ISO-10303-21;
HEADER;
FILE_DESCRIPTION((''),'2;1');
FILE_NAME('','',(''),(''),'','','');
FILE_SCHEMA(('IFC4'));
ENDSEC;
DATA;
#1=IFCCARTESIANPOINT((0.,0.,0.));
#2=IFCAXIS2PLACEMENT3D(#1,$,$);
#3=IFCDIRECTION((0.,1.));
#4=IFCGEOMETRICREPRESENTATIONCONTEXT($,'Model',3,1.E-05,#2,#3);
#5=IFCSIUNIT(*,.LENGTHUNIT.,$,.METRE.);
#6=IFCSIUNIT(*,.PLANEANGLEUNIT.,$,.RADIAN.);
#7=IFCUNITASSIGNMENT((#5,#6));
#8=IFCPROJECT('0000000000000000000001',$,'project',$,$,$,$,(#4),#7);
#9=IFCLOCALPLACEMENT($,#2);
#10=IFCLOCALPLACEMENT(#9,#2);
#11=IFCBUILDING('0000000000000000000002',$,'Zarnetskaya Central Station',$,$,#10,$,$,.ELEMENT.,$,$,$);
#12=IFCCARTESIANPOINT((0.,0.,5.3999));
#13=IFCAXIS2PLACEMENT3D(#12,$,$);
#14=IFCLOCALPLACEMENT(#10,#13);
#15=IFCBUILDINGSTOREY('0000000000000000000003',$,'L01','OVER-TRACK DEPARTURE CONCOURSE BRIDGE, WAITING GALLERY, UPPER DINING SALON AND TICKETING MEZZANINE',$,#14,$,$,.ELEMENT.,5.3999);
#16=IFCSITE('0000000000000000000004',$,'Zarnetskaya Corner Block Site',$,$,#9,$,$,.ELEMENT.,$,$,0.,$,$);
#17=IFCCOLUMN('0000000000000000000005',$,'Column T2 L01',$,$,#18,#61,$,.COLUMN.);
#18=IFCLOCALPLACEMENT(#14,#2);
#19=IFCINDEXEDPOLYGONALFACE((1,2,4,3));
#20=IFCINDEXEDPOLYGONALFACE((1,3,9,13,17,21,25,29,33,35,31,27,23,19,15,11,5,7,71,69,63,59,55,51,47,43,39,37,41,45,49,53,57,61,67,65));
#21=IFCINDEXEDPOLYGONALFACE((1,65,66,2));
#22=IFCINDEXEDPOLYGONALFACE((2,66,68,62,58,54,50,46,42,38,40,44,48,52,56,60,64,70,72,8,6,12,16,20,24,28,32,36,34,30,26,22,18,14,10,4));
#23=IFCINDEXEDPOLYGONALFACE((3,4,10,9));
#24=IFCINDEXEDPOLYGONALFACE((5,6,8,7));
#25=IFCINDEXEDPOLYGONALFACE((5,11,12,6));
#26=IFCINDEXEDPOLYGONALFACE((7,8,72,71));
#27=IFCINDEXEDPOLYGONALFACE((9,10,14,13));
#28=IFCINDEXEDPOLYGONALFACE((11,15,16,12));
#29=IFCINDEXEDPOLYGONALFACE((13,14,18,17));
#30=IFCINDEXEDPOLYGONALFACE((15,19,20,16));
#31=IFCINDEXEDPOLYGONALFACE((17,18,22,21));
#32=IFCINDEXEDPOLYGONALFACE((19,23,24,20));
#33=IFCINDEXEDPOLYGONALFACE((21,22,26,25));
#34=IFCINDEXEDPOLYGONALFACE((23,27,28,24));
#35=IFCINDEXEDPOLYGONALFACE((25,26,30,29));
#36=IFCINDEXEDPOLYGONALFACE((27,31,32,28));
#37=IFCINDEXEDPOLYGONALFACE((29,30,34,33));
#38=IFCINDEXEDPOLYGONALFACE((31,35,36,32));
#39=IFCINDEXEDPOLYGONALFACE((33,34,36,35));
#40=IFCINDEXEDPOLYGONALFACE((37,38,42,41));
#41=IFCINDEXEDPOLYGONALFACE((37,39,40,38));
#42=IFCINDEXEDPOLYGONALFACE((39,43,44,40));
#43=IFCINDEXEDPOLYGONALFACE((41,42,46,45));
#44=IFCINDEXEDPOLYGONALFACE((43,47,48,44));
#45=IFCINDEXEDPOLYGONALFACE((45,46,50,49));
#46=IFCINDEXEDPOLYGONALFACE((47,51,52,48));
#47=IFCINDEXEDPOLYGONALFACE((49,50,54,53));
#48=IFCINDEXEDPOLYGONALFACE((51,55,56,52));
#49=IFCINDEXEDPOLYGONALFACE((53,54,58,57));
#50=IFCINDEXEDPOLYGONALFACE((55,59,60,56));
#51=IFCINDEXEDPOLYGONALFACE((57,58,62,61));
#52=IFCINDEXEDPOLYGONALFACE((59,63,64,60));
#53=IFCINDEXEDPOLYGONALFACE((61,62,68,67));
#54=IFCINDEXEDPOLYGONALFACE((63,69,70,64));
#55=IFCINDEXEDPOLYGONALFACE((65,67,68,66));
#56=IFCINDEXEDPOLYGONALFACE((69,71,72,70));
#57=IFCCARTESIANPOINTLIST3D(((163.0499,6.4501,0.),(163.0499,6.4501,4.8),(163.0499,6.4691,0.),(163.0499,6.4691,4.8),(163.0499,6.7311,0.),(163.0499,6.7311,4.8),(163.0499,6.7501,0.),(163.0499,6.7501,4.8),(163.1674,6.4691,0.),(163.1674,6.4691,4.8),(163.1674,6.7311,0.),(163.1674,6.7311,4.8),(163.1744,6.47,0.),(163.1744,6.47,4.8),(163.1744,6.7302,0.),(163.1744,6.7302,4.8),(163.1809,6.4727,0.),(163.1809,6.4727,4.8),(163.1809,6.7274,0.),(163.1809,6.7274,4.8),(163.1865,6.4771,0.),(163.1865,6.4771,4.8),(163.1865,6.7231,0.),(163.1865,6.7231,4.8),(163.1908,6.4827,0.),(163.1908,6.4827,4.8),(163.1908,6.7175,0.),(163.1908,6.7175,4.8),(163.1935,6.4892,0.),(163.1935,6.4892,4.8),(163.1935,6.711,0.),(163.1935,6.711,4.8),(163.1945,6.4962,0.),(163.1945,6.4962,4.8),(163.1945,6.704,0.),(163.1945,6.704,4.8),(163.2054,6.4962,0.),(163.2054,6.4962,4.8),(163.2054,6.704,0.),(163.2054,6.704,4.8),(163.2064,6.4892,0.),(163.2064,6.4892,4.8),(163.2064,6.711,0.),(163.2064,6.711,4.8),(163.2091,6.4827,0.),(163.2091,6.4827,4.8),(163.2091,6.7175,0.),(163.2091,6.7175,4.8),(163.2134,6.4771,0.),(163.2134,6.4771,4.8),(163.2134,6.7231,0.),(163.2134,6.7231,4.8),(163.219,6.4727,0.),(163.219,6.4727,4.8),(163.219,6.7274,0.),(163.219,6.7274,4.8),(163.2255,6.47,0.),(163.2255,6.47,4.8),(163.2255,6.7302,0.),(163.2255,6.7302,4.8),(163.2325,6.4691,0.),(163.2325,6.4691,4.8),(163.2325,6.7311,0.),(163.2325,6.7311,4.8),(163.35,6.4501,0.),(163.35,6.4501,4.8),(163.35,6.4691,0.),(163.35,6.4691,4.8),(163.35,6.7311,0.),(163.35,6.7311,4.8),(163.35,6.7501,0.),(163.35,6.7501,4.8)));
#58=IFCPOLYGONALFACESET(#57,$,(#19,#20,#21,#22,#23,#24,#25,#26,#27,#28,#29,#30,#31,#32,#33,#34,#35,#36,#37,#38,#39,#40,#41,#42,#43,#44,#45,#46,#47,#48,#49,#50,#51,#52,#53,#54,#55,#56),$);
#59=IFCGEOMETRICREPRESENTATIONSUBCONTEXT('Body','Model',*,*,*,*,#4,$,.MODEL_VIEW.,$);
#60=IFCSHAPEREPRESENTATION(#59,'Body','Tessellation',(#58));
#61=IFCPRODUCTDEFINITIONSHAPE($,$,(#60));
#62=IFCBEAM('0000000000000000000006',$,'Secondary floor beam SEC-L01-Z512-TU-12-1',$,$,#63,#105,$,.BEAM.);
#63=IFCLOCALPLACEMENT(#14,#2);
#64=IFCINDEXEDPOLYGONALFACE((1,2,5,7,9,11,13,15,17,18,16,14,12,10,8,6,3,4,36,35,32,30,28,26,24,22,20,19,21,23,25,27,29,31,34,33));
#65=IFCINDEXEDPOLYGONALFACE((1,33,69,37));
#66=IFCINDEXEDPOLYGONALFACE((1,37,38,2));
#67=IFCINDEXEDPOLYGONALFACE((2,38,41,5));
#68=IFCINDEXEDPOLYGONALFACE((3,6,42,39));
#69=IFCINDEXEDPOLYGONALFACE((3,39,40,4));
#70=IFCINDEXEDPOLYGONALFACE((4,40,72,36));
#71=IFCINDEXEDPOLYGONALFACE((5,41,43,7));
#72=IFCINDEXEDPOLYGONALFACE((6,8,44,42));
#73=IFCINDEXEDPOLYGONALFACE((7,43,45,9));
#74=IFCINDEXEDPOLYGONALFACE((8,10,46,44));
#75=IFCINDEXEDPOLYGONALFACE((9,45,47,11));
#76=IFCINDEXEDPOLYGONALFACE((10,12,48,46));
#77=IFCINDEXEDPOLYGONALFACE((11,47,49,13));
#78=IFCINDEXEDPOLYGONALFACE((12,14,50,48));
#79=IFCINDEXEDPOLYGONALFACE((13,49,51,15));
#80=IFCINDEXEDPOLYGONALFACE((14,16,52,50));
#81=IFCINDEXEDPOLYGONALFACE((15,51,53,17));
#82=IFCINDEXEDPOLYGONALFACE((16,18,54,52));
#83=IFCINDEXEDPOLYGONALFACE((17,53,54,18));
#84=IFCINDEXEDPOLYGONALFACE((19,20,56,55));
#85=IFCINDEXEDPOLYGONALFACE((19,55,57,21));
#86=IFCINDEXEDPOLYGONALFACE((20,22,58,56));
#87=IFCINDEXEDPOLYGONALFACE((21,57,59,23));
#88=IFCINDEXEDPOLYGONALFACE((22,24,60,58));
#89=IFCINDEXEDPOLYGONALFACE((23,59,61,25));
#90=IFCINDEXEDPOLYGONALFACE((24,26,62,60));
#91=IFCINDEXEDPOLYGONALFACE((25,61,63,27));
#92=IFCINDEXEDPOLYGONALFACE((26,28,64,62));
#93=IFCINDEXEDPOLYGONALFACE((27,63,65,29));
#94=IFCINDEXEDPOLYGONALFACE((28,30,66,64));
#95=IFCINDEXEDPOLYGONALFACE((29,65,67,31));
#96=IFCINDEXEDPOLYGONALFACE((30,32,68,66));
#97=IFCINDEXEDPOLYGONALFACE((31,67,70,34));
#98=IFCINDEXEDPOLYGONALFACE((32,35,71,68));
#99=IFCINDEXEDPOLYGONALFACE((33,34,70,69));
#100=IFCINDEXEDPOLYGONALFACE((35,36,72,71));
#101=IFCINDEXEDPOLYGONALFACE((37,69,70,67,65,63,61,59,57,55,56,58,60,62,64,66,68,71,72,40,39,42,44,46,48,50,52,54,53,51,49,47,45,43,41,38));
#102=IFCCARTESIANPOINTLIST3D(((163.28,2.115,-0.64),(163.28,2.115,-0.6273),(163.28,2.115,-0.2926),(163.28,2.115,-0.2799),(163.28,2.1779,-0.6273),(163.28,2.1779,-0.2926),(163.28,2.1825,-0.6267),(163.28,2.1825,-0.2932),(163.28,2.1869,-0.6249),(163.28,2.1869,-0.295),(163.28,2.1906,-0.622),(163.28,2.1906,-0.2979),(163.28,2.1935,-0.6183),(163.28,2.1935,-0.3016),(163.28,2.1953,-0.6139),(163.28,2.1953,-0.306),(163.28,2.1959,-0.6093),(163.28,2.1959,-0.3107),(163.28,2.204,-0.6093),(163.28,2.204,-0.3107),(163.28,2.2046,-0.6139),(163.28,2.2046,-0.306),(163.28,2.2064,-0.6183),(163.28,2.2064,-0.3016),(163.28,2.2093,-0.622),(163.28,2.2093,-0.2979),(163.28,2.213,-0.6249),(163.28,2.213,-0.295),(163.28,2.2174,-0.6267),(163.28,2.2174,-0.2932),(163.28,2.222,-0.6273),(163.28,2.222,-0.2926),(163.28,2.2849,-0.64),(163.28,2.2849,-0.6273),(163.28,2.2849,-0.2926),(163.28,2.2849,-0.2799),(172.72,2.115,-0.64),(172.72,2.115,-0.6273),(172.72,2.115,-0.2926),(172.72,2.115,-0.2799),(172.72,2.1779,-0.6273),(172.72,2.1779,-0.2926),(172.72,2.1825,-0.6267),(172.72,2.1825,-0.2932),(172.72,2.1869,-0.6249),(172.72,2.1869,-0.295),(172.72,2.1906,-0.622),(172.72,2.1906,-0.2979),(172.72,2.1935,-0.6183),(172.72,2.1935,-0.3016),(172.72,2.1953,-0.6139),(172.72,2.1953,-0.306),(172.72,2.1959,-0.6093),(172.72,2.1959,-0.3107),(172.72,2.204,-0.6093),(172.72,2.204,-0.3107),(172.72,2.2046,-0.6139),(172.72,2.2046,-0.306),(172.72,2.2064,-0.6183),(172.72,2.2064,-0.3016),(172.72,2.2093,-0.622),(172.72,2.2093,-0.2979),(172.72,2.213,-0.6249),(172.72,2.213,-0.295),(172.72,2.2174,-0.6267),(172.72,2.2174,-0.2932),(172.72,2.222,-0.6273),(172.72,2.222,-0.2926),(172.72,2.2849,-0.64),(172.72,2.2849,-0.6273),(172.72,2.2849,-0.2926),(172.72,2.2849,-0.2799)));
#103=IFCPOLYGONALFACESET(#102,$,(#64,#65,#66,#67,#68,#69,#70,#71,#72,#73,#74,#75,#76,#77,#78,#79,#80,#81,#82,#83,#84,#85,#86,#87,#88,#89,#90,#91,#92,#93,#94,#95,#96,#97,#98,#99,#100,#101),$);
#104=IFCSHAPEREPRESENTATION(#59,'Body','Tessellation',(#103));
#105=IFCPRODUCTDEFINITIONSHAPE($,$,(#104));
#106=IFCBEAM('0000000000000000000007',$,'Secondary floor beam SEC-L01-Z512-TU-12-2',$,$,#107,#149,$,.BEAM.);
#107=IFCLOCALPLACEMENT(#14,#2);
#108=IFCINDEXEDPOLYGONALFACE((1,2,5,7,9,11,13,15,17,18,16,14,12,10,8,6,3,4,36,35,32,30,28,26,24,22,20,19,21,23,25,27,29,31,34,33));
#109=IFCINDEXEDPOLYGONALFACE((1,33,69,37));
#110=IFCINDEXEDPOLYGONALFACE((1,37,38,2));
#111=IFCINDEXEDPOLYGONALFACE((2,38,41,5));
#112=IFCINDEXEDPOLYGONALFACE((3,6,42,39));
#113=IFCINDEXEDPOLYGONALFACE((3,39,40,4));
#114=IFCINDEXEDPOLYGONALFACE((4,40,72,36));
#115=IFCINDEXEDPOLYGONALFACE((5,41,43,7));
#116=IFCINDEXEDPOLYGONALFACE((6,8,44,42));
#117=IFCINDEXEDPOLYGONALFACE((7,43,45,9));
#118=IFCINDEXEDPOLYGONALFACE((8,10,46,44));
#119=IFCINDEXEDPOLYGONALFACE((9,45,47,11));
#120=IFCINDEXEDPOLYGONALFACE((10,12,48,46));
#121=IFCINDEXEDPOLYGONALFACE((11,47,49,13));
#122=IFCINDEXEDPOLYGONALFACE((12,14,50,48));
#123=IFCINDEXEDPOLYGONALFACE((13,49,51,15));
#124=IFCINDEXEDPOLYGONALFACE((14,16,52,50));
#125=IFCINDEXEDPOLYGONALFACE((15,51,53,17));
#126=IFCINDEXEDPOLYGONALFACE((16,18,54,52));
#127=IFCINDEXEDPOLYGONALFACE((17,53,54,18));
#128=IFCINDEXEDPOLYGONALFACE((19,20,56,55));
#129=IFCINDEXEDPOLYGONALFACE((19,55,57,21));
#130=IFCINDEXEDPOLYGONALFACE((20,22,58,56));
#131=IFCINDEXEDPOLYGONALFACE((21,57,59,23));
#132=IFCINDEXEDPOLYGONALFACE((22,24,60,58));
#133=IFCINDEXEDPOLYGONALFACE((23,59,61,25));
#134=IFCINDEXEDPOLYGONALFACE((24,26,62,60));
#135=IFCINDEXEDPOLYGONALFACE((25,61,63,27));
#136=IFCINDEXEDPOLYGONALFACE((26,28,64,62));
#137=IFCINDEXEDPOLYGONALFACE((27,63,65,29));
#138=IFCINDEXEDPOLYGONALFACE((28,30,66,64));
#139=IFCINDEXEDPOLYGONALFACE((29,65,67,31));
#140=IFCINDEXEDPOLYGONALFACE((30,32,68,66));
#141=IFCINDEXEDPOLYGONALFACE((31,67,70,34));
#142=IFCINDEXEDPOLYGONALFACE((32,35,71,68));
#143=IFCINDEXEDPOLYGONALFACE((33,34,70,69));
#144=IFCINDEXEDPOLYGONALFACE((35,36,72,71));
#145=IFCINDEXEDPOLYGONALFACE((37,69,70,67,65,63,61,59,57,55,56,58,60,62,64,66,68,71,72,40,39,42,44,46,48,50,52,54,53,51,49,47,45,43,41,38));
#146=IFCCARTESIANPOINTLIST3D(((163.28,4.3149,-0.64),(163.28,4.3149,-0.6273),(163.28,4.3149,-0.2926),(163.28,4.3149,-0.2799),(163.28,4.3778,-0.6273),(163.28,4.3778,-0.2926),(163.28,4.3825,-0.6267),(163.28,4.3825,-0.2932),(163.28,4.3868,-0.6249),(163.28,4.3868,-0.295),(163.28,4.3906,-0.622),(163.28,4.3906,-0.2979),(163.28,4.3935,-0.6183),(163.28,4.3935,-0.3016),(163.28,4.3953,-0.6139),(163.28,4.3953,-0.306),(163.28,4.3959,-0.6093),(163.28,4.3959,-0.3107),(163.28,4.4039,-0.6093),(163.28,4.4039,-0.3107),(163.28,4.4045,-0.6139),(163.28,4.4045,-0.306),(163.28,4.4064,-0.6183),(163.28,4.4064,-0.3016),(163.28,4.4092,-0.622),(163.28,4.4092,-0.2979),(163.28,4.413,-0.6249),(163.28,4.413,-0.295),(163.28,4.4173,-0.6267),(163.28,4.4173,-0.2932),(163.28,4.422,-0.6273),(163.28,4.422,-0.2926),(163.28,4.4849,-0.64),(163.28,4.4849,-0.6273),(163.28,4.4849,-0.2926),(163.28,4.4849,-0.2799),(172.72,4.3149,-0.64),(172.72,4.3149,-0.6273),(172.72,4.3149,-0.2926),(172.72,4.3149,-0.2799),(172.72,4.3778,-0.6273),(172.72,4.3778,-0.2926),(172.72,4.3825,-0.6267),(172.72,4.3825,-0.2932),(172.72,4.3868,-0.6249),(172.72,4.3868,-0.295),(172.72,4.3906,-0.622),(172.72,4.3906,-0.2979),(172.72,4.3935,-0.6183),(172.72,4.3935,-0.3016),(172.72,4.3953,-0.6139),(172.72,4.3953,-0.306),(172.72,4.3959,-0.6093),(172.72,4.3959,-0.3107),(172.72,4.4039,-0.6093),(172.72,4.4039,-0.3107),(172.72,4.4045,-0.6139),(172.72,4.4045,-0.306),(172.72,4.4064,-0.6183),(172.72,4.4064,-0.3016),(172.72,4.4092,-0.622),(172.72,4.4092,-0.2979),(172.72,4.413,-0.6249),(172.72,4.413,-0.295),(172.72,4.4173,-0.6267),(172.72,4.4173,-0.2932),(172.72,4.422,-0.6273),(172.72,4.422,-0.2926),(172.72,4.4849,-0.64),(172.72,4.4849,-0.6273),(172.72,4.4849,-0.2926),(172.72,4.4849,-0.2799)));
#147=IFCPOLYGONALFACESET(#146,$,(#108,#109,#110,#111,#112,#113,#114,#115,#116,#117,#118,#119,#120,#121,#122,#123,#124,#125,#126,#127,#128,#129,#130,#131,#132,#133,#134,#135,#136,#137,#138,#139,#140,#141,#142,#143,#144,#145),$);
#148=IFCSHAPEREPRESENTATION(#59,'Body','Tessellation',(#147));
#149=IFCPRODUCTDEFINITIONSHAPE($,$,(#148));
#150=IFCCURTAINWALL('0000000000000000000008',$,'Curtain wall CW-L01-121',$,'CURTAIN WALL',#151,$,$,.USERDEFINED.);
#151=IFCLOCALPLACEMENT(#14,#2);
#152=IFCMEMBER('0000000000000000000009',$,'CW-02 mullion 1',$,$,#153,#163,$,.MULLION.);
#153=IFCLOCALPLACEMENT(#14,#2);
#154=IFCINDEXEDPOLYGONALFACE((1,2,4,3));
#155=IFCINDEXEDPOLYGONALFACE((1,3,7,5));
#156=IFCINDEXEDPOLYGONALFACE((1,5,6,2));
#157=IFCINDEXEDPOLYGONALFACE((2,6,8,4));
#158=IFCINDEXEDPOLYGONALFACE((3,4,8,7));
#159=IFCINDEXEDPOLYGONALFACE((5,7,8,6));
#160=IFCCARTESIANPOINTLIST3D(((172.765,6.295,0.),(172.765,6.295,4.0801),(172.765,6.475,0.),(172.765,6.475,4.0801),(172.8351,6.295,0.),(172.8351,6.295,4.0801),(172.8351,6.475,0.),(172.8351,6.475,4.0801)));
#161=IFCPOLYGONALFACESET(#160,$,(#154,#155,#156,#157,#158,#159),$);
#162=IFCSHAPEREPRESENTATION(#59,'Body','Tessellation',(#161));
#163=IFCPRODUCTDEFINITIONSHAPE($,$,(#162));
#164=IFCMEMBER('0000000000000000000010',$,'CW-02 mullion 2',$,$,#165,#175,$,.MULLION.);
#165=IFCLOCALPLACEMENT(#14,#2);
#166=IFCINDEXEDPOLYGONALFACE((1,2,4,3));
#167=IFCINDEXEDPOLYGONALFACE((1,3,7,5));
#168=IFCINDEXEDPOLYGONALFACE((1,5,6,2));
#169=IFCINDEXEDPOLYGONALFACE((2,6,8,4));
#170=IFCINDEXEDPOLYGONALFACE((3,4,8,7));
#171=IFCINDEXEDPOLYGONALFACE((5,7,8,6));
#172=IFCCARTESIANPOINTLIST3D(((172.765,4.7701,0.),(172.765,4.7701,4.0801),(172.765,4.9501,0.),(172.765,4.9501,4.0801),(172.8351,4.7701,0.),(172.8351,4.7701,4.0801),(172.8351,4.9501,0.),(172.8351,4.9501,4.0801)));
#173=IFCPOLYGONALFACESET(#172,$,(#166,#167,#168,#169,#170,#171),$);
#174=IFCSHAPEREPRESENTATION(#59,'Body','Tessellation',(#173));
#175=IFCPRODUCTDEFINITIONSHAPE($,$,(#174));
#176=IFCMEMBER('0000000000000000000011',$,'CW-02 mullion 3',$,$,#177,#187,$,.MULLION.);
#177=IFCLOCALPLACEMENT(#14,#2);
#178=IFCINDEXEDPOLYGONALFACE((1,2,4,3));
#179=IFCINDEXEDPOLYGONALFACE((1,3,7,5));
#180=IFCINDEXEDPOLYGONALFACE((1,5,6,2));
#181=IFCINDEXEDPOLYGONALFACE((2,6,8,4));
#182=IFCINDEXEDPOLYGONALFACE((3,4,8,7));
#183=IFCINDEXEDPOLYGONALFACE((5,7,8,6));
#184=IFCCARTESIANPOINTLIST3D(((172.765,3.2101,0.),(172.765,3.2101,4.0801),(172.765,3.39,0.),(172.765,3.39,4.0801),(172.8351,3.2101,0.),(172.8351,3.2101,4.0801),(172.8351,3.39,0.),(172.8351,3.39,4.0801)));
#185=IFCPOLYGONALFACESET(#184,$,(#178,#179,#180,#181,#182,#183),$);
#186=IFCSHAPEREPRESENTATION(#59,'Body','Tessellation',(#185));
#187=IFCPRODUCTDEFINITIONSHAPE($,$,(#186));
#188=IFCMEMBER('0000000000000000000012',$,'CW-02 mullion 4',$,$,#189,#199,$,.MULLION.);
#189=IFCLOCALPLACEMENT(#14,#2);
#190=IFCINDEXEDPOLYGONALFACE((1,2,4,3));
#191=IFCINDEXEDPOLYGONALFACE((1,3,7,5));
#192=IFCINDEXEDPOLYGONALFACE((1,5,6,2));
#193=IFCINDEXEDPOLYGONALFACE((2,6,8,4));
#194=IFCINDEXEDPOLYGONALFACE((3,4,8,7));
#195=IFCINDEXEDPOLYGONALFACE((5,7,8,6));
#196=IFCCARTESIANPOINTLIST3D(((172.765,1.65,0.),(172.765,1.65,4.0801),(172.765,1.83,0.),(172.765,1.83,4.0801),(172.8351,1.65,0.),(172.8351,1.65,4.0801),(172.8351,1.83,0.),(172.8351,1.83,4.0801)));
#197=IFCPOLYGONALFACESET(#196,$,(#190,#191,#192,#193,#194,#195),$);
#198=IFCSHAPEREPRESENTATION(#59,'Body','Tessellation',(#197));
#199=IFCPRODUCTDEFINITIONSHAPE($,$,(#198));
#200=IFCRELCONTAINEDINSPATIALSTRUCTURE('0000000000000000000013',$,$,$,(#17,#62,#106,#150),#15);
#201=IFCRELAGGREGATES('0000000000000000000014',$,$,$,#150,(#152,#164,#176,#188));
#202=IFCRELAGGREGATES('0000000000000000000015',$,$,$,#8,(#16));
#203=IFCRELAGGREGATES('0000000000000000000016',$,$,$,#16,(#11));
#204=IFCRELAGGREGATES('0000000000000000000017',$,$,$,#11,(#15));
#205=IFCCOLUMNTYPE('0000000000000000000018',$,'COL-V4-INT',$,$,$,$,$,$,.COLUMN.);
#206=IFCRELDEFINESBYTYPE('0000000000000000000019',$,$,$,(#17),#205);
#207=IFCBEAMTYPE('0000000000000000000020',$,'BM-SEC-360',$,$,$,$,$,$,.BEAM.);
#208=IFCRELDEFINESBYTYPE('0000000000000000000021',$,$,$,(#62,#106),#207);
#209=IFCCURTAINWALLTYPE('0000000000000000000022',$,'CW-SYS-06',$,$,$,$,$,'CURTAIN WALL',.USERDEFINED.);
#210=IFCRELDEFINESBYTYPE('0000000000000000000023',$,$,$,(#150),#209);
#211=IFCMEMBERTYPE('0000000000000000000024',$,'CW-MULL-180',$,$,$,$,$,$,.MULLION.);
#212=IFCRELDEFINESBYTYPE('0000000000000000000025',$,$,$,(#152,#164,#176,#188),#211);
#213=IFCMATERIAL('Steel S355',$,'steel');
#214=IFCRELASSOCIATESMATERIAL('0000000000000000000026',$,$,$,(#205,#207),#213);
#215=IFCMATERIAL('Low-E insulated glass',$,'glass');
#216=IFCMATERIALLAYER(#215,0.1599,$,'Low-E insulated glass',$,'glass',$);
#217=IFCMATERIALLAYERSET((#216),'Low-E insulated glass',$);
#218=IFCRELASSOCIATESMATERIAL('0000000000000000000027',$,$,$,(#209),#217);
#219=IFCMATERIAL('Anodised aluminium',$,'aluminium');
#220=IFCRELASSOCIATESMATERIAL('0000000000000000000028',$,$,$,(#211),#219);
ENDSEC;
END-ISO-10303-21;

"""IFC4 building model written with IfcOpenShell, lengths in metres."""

from ifc_helpers import new_model, si_unit, direction, frame, origin, origin_2d, place, context, subcontext, project, spatial, rectangle, i_section, extrude, material, layer, layer_set, material_profile, profile_set, type_object, element, aggregate, save


model = new_model("IFC4")

# Units and contexts
model_context = context("Model", 3, precision=1e-05, world=origin(), true_north=direction((0.0, 1.0)))
body_context = subcontext(model_context, "Body", "Model", "MODEL_VIEW")
ifc_project = project(units=[si_unit("LENGTHUNIT", "METRE"), si_unit("PLANEANGLEUNIT", "RADIAN")], contexts=[model_context])

# Site, building, storey
site_placement = place(None, origin())
site = spatial("IfcSite", under=ifc_project, at=site_placement, Name="Zarnetskaya Corner Block Site", CompositionType="ELEMENT", RefElevation=0.0)
building_placement = place(site_placement, origin())
building = spatial("IfcBuilding", under=site, at=building_placement, Name="Zarnetskaya Central Station", CompositionType="ELEMENT")
storey_placement = place(building_placement, frame((0.0, 0.0, 5.3999)))
storey = spatial("IfcBuildingStorey", under=building, at=storey_placement, Name="L01", Description="OVER-TRACK DEPARTURE CONCOURSE BRIDGE, WAITING GALLERY, UPPER DINING SALON AND TICKETING MEZZANINE", CompositionType="ELEMENT", Elevation=5.3999)

# Column
ifc_material_1 = material(Name="Steel S355", Category="steel")
ifc_material_profile_1 = material_profile(ifc_material_1, i_section(OverallWidth=0.3, OverallDepth=0.3, WebThickness=0.011, FlangeThickness=0.019, FilletRadius=0.0271, at=origin_2d()), Name="HEB 300")
ifc_profile_set_1 = profile_set([ifc_material_profile_1], Name="Steel S355")
column_type = type_object("IfcColumnType", Name="COL-V4-INT", PredefinedType="COLUMN", material=ifc_profile_set_1)
column_placement = place(storey_placement, frame((163.2, 6.6001, 0.0), z_axis=(0.0, 0.0, 1.0), x_axis=(1.0, 0.0, 0.0)))
element("IfcColumn", 1, at=column_placement, inside=storey, type_object=column_type, Name="Column T2 L01", PredefinedType="COLUMN", context=body_context, shape_type="SweptSolid", body=[
    extrude(i_section(OverallWidth=0.3, OverallDepth=0.3, WebThickness=0.011, FlangeThickness=0.019, FilletRadius=0.0271, at=origin_2d()), origin(), (0.0, 0.0, 1.0), 4.8),
])

# Beams
ifc_material_profile_2 = material_profile(ifc_material_1, i_section(OverallWidth=0.1699, OverallDepth=0.3601, WebThickness=0.0081, FlangeThickness=0.0127, FilletRadius=0.0181, at=origin_2d()), Name="IPE 360")
ifc_profile_set_2 = profile_set([ifc_material_profile_2], Name="Steel S355")
beam_type_1 = type_object("IfcBeamType", Name="BM-SEC-360", PredefinedType="BEAM", material=ifc_profile_set_2)
for number, where, z_axis, x_axis, name in (
    (2, (163.28, 2.2, -0.46), (1.0, 0.0, 0.0), (0.0, 1.0, 0.0), "Secondary floor beam SEC-L01-Z512-TU-12-1"),
    (3, (163.28, 4.3999, -0.46), (1.0, 0.0, 0.0), (0.0, 1.0, 0.0), "Secondary floor beam SEC-L01-Z512-TU-12-2"),
):
    element("IfcBeam", number, at=place(storey_placement, frame(where, z_axis=z_axis, x_axis=x_axis)), inside=storey, type_object=beam_type_1, Name=name, PredefinedType="BEAM", context=body_context, shape_type="SweptSolid", body=[
        extrude(i_section(OverallWidth=0.1699, OverallDepth=0.3601, WebThickness=0.0081, FlangeThickness=0.0127, FilletRadius=0.0181, at=origin_2d()), origin(), (0.0, 0.0, 1.0), 9.4399),
    ])

# Curtain wall, members
ifc_material_2 = material(Name="Low-E insulated glass", Category="glass")
ifc_layer_1 = layer(ifc_material_2, 0.1599, Name="Low-E insulated glass", Category="glass")
ifc_layer_set_1 = layer_set([ifc_layer_1], Name="Low-E insulated glass")
curtain_wall_type = type_object("IfcCurtainWallType", Name="CW-SYS-06", ElementType="CURTAIN WALL", PredefinedType="USERDEFINED", material=ifc_layer_set_1)
curtain_wall_placement = place(storey_placement, origin())
curtain_wall = element("IfcCurtainWall", 4, at=curtain_wall_placement, inside=storey, type_object=curtain_wall_type, Name="Curtain wall CW-L01-121", ObjectType="CURTAIN WALL", PredefinedType="USERDEFINED")
ifc_material_3 = material(Name="Anodised aluminium", Category="aluminium")
ifc_material_profile_3 = material_profile(ifc_material_3, rectangle(XDim=0.0701, YDim=0.1799, at=origin_2d()), Name="ALU MULL 70x180")
ifc_profile_set_3 = profile_set([ifc_material_profile_3], Name="Anodised aluminium")
member_type_1 = type_object("IfcMemberType", Name="CW-MULL-180", PredefinedType="MULLION", material=ifc_profile_set_3)
member_1_placement = place(storey_placement, frame((172.8, 6.385, 0.0), z_axis=(0.0, 0.0, 1.0), x_axis=(1.0, 0.0, 0.0)))
member_1 = element("IfcMember", 5, at=member_1_placement, type_object=member_type_1, Name="CW-02 mullion 1", PredefinedType="MULLION", context=body_context, shape_type="SweptSolid", body=[
    extrude(rectangle(XDim=0.0701, YDim=0.1799, at=origin_2d()), origin(), (0.0, 0.0, 1.0), 4.0801),
])
member_2_placement = place(storey_placement, frame((172.8, 4.8601, 0.0), z_axis=(0.0, 0.0, 1.0), x_axis=(1.0, 0.0, 0.0)))
member_2 = element("IfcMember", 6, at=member_2_placement, type_object=member_type_1, Name="CW-02 mullion 2", PredefinedType="MULLION", context=body_context, shape_type="SweptSolid", body=[
    extrude(rectangle(XDim=0.0701, YDim=0.1799, at=origin_2d()), origin(), (0.0, 0.0, 1.0), 4.0801),
])
member_3_placement = place(storey_placement, frame((172.8, 3.3, 0.0), z_axis=(0.0, 0.0, 1.0), x_axis=(1.0, 0.0, 0.0)))
member_3 = element("IfcMember", 7, at=member_3_placement, type_object=member_type_1, Name="CW-02 mullion 3", PredefinedType="MULLION", context=body_context, shape_type="SweptSolid", body=[
    extrude(rectangle(XDim=0.0701, YDim=0.1799, at=origin_2d()), origin(), (0.0, 0.0, 1.0), 4.0801),
])
member_4_placement = place(storey_placement, frame((172.8, 1.74, 0.0), z_axis=(0.0, 0.0, 1.0), x_axis=(1.0, 0.0, 0.0)))
member_4 = element("IfcMember", 8, at=member_4_placement, type_object=member_type_1, Name="CW-02 mullion 4", PredefinedType="MULLION", context=body_context, shape_type="SweptSolid", body=[
    extrude(rectangle(XDim=0.0701, YDim=0.1799, at=origin_2d()), origin(), (0.0, 0.0, 1.0), 4.0801),
])

aggregate(curtain_wall, [member_1, member_2, member_3, member_4])

save(model, "model.ifc")
